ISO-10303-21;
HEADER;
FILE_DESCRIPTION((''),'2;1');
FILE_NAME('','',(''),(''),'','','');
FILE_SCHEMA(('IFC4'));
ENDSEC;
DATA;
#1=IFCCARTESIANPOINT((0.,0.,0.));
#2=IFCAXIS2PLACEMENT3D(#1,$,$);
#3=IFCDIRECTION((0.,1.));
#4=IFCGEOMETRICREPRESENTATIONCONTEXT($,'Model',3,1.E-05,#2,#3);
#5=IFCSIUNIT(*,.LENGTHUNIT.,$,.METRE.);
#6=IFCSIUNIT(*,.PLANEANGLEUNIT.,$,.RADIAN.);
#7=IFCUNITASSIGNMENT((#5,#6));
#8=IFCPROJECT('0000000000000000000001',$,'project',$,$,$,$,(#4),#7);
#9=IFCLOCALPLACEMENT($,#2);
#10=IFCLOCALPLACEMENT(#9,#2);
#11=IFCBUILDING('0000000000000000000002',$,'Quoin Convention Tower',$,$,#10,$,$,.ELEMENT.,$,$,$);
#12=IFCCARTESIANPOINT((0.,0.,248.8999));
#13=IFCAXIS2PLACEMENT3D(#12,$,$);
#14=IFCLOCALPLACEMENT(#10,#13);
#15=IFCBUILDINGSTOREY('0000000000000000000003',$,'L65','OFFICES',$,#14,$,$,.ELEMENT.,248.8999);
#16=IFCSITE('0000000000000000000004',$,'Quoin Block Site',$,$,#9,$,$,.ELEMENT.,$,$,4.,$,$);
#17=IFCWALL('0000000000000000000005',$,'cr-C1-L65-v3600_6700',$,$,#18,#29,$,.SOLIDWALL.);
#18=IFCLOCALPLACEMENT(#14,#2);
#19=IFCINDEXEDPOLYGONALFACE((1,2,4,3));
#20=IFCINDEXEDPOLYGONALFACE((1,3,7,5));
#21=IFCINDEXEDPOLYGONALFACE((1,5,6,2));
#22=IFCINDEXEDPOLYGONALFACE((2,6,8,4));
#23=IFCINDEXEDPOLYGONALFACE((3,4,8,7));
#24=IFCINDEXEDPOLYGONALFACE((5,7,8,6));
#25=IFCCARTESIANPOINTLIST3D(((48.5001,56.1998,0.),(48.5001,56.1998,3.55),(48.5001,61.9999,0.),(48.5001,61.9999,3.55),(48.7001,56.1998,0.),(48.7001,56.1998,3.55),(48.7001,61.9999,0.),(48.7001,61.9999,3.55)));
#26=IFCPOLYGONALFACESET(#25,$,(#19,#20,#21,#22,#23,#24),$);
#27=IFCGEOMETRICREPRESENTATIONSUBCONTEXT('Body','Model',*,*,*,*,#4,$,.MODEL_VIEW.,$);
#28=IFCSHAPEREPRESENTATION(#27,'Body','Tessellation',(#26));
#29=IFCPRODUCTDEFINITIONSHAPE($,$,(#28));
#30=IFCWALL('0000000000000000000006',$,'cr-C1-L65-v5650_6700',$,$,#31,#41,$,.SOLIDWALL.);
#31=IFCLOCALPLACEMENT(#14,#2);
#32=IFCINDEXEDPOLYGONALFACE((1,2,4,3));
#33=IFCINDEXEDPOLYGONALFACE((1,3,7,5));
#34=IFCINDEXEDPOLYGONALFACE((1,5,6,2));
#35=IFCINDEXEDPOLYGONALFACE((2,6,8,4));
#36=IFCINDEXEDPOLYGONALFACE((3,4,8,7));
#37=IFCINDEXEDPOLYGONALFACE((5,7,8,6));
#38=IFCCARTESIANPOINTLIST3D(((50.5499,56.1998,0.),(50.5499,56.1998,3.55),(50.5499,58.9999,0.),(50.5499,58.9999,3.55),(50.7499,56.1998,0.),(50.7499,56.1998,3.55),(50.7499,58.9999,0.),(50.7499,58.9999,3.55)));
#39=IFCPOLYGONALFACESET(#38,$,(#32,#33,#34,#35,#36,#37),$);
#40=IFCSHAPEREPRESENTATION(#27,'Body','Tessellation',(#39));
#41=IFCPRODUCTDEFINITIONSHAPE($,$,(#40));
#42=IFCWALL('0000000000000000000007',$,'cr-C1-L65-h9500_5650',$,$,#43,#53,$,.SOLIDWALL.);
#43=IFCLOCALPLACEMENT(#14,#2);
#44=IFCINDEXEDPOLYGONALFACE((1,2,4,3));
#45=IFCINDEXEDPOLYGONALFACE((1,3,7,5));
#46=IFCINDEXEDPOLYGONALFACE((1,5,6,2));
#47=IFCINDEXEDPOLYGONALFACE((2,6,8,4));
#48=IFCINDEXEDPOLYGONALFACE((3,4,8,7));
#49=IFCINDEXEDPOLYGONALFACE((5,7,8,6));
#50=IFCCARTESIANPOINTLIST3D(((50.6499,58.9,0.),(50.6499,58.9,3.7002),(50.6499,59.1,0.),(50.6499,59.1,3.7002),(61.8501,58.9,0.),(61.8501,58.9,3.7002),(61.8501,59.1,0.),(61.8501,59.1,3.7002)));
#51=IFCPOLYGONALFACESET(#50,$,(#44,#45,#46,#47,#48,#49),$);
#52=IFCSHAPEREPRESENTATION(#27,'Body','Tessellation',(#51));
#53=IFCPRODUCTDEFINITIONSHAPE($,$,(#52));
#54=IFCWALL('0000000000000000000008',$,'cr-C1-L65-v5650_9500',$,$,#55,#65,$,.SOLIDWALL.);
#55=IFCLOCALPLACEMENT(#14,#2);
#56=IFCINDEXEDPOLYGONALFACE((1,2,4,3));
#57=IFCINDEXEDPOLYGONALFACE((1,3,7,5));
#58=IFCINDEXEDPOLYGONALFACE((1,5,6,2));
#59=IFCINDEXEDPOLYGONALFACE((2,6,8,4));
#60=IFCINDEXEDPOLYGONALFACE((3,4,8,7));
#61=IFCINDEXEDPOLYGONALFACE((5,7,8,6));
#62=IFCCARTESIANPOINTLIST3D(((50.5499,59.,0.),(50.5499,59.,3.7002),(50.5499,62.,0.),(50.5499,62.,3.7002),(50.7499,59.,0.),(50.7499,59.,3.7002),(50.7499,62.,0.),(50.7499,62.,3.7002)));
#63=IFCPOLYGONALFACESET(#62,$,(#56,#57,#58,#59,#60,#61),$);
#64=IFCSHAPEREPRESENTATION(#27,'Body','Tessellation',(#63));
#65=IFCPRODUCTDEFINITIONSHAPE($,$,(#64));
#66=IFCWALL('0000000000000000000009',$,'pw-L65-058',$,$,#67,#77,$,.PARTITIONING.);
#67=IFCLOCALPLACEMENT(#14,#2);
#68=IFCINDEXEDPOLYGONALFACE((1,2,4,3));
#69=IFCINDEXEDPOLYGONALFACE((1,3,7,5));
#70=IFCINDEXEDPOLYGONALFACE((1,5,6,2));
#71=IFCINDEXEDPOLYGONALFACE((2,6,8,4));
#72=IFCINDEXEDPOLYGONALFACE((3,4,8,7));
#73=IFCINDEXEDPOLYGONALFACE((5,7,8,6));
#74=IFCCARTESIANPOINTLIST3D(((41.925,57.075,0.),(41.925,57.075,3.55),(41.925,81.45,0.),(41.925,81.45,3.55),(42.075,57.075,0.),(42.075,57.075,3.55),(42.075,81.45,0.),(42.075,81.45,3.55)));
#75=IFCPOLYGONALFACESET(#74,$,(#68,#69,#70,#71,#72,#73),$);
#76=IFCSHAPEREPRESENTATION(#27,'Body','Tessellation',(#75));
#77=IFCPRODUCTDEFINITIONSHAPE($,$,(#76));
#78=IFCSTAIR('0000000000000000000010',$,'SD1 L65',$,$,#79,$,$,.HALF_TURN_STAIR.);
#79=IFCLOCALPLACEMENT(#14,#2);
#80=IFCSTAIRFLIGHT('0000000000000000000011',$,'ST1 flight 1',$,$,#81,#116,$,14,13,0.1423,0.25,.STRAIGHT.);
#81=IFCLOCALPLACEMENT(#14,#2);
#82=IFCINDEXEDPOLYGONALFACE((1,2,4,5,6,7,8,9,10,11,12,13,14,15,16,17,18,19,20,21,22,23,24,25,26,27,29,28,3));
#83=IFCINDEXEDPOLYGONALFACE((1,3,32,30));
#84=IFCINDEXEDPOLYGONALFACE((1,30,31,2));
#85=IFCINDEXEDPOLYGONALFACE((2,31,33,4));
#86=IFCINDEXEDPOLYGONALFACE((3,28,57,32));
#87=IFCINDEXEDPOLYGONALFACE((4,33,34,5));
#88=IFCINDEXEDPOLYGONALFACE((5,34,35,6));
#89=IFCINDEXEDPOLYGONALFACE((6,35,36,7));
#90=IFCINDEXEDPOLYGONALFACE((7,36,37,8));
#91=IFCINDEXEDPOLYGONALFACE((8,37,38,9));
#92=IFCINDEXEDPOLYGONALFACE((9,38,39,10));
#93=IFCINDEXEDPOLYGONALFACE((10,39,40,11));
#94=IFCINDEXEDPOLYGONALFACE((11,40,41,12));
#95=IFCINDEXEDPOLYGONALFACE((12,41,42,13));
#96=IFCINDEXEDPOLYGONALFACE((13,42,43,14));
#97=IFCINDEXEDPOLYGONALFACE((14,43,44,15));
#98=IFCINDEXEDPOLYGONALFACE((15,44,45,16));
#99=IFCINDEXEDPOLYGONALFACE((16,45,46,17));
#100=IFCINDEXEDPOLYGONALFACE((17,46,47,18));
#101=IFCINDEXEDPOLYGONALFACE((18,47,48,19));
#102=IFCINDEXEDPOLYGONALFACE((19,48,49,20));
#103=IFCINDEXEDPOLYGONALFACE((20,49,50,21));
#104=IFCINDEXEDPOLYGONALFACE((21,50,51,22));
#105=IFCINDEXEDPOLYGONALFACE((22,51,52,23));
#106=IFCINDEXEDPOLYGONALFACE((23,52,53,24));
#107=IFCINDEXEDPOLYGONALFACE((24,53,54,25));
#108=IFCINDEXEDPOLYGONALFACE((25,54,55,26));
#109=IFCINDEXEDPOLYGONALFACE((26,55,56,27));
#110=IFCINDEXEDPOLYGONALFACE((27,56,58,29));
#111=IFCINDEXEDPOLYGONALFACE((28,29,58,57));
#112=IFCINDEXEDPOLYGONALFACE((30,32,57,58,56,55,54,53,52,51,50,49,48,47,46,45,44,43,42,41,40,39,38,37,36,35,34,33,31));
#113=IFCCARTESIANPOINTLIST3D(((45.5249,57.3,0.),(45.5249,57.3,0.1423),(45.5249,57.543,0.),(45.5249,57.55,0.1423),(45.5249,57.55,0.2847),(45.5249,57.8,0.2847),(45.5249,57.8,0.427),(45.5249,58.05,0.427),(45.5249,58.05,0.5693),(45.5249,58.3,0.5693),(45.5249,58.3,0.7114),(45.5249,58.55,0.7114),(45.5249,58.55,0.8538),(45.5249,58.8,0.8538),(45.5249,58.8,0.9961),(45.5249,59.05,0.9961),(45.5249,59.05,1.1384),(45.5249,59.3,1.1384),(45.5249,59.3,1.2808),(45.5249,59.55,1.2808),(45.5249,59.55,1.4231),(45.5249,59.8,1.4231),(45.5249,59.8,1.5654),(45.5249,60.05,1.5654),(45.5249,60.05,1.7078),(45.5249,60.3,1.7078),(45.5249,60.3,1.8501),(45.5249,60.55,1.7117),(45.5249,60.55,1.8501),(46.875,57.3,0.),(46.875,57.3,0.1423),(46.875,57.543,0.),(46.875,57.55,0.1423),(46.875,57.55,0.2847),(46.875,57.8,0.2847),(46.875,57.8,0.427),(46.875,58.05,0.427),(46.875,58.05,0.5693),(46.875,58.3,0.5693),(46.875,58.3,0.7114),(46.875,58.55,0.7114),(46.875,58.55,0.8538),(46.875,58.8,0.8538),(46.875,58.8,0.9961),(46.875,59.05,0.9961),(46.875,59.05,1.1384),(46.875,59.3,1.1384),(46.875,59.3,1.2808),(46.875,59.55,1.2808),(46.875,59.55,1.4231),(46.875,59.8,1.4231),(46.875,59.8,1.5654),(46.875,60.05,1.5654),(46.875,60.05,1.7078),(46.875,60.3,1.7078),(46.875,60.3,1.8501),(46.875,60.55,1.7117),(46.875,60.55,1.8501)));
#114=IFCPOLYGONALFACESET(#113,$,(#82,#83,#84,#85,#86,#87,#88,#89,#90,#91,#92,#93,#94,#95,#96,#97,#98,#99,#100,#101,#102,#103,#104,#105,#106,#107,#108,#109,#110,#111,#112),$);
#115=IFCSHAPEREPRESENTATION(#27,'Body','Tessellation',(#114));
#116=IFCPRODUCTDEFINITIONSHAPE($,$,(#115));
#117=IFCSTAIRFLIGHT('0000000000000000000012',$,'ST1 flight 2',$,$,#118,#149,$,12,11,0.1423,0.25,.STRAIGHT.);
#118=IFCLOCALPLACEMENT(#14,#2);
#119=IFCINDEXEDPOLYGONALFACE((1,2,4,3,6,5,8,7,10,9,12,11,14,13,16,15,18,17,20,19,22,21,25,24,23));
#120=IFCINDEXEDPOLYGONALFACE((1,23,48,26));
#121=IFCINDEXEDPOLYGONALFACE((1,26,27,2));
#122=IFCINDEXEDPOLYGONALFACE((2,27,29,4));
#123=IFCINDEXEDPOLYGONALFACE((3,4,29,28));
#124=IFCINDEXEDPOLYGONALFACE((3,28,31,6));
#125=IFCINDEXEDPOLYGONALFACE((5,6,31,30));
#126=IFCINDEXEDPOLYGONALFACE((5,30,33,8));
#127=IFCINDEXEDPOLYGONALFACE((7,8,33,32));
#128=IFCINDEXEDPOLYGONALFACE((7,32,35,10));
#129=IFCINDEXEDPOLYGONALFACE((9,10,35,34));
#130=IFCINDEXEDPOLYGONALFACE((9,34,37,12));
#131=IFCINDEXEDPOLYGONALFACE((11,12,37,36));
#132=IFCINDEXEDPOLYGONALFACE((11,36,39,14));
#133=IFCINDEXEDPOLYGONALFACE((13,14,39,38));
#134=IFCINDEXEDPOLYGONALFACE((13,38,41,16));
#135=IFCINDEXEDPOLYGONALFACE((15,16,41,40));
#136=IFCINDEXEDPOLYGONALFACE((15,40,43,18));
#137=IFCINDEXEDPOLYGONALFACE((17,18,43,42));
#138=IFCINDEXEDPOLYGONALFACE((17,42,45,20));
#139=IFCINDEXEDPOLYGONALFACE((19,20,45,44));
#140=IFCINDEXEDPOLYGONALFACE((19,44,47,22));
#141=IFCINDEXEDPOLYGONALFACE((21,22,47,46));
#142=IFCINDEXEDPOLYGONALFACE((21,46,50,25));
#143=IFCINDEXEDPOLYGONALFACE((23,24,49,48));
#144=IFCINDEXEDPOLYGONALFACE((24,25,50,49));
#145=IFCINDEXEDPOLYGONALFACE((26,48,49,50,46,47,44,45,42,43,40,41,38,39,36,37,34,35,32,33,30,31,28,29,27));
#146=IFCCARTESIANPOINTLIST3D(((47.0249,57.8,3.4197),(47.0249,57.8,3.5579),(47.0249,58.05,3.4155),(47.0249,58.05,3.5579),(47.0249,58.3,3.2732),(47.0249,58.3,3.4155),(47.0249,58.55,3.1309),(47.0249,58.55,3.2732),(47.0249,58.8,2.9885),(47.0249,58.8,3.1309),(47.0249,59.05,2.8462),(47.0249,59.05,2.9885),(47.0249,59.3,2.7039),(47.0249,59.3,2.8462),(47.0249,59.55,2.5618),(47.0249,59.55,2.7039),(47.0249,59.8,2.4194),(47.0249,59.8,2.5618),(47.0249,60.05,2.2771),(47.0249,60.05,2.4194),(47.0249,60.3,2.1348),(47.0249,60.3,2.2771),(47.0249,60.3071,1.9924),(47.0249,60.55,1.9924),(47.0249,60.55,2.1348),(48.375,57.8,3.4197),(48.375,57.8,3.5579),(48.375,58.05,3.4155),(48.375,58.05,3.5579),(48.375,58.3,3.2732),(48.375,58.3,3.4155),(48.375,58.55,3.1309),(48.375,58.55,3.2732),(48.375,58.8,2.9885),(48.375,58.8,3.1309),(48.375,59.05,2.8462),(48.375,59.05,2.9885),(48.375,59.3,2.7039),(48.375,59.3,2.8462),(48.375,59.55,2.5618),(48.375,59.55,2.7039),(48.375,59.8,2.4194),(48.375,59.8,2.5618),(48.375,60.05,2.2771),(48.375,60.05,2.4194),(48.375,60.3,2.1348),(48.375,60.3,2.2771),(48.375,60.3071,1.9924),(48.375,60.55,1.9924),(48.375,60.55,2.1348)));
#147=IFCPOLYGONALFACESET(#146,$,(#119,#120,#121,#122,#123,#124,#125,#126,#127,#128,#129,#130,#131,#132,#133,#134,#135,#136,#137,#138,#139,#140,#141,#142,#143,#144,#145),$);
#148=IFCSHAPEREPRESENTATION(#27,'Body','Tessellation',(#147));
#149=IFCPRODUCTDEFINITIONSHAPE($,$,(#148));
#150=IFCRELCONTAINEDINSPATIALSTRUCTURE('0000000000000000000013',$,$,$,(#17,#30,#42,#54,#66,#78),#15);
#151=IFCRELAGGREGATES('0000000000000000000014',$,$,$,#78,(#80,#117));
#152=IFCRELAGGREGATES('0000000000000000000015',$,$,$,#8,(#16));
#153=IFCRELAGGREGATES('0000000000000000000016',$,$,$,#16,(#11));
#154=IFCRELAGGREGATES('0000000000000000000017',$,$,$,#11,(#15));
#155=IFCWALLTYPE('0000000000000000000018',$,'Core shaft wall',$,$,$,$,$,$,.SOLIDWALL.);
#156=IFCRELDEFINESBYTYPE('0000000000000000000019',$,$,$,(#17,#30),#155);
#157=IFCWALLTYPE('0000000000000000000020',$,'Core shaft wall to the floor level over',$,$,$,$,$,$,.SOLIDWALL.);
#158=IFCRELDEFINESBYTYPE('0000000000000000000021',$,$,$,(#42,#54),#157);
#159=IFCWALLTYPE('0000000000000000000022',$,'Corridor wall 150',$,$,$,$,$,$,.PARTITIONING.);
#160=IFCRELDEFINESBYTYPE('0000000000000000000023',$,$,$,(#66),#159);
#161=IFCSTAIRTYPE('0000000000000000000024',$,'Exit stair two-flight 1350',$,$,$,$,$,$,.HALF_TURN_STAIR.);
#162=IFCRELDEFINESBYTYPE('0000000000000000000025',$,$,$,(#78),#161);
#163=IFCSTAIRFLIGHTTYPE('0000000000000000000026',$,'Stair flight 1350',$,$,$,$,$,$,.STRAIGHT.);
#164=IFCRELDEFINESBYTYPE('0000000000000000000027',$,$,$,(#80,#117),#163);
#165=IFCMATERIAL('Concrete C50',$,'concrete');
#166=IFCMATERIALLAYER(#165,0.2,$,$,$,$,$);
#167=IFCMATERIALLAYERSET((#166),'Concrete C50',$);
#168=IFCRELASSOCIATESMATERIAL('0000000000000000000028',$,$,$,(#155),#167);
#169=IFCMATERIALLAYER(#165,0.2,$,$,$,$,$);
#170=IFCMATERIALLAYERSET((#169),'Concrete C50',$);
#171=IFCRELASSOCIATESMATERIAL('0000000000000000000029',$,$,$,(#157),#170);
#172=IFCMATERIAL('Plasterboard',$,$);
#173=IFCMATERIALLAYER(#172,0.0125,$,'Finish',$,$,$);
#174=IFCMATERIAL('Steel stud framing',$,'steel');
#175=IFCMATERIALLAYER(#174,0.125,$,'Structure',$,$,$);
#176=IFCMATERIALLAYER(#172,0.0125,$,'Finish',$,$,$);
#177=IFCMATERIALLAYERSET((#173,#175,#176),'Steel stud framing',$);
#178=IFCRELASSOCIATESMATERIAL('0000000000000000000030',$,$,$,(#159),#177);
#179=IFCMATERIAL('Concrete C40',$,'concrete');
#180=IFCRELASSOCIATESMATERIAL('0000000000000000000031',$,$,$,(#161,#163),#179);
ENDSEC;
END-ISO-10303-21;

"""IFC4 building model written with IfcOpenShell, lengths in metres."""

from ifc_helpers import new_model, si_unit, direction, frame, frame_2d, origin, place, context, subcontext, project, spatial, polyline, rectangle, outline, extrude, material, layer, layer_set, type_object, element, aggregate, save


model = new_model("IFC4")

# Units and contexts
model_context = context("Model", 3, precision=1e-05, world=origin(), true_north=direction((0.0, 1.0)))
body_context = subcontext(model_context, "Body", "Model", "MODEL_VIEW")
ifc_project = project(units=[si_unit("LENGTHUNIT", "METRE"), si_unit("PLANEANGLEUNIT", "RADIAN")], contexts=[model_context])

# Site, building, storey
site_placement = place(None, origin())
site = spatial("IfcSite", under=ifc_project, at=site_placement, Name="Quoin Block Site", CompositionType="ELEMENT", RefElevation=4.0)
building_placement = place(site_placement, origin())
building = spatial("IfcBuilding", under=site, at=building_placement, Name="Quoin Convention Tower", CompositionType="ELEMENT")
storey_placement = place(building_placement, frame((0.0, 0.0, 248.8999)))
storey = spatial("IfcBuildingStorey", under=building, at=storey_placement, Name="L65", Description="OFFICES", CompositionType="ELEMENT", Elevation=248.8999)

# Walls
ifc_material_1 = material(Name="Concrete C50", Category="concrete")
ifc_layer_1 = layer(ifc_material_1, 0.2)
ifc_layer_set_1 = layer_set([ifc_layer_1], Name="Concrete C50")
wall_type_1 = type_object("IfcWallType", Name="Core shaft wall", PredefinedType="SOLIDWALL", material=ifc_layer_set_1)
wall_1_placement = place(storey_placement, frame((48.6001, 56.2, 0.0), z_axis=(0.0, 0.0, 1.0), x_axis=(0.0, 1.0, 0.0)))
element("IfcWall", 1, at=wall_1_placement, inside=storey, type_object=wall_type_1, Name="cr-C1-L65-v3600_6700", PredefinedType="SOLIDWALL", context=body_context, shape_type="SweptSolid", body=[
    extrude(rectangle(XDim=5.8, YDim=0.2, at=frame_2d((2.8999, 0.0))), origin(), (0.0, 0.0, 1.0), 3.55),
])
wall_2_placement = place(storey_placement, frame((50.6499, 56.2, 0.0), z_axis=(0.0, 0.0, 1.0), x_axis=(0.0, 1.0, 0.0)))
element("IfcWall", 2, at=wall_2_placement, inside=storey, type_object=wall_type_1, Name="cr-C1-L65-v5650_6700", PredefinedType="SOLIDWALL", context=body_context, shape_type="SweptSolid", body=[
    extrude(rectangle(XDim=2.8, YDim=0.2, at=frame_2d((1.3999, 0.0))), origin(), (0.0, 0.0, 1.0), 3.55),
])
ifc_layer_2 = layer(ifc_material_1, 0.2)
ifc_layer_set_2 = layer_set([ifc_layer_2], Name="Concrete C50")
wall_type_2 = type_object("IfcWallType", Name="Core shaft wall to the floor level over", PredefinedType="SOLIDWALL", material=ifc_layer_set_2)
wall_3_placement = place(storey_placement, frame((50.6499, 59.0, 0.0), z_axis=(0.0, 0.0, 1.0), x_axis=(1.0, 0.0, 0.0)))
element("IfcWall", 3, at=wall_3_placement, inside=storey, type_object=wall_type_2, Name="cr-C1-L65-h9500_5650", PredefinedType="SOLIDWALL", context=body_context, shape_type="SweptSolid", body=[
    extrude(rectangle(XDim=11.2002, YDim=0.2, at=frame_2d((5.6001, 0.0))), origin(), (0.0, 0.0, 1.0), 3.7002),
])
wall_4_placement = place(storey_placement, frame((50.6499, 59.0, 0.0), z_axis=(0.0, 0.0, 1.0), x_axis=(0.0, 1.0, 0.0)))
element("IfcWall", 4, at=wall_4_placement, inside=storey, type_object=wall_type_2, Name="cr-C1-L65-v5650_9500", PredefinedType="SOLIDWALL", context=body_context, shape_type="SweptSolid", body=[
    extrude(rectangle(XDim=3.0, YDim=0.2, at=frame_2d((1.5, 0.0))), origin(), (0.0, 0.0, 1.0), 3.7002),
])
ifc_material_2 = material(Name="Plasterboard")
ifc_layer_3 = layer(ifc_material_2, 0.0125, Name="Finish")
ifc_material_3 = material(Name="Steel stud framing", Category="steel")
ifc_layer_4 = layer(ifc_material_3, 0.125, Name="Structure")
ifc_layer_5 = layer(ifc_material_2, 0.0125, Name="Finish")
ifc_layer_set_3 = layer_set([ifc_layer_3, ifc_layer_4, ifc_layer_5], Name="Steel stud framing")
wall_type_3 = type_object("IfcWallType", Name="Corridor wall 150", PredefinedType="PARTITIONING", material=ifc_layer_set_3)
wall_5_placement = place(storey_placement, frame((42.0, 57.075, 0.0), z_axis=(0.0, 0.0, 1.0), x_axis=(0.0, 1.0, 0.0)))
element("IfcWall", 5, at=wall_5_placement, inside=storey, type_object=wall_type_3, Name="pw-L65-058", PredefinedType="PARTITIONING", context=body_context, shape_type="SweptSolid", body=[
    extrude(rectangle(XDim=24.375, YDim=0.1499, at=frame_2d((12.1875, 0.0))), origin(), (0.0, 0.0, 1.0), 3.55),
])

# Stair, stair flights
ifc_material_4 = material(Name="Concrete C40", Category="concrete")
stair_type = type_object("IfcStairType", Name="Exit stair two-flight 1350", PredefinedType="HALF_TURN_STAIR", material=ifc_material_4)
stair_placement = place(storey_placement, origin())
stair = element("IfcStair", 6, at=stair_placement, inside=storey, type_object=stair_type, Name="SD1 L65", PredefinedType="HALF_TURN_STAIR")
stair_flight_type = type_object("IfcStairFlightType", Name="Stair flight 1350", PredefinedType="STRAIGHT", material=ifc_material_4)
stair_flight_1_placement = place(storey_placement, frame((46.2, 57.3, 0.0), z_axis=(0.0, 0.0, 1.0), x_axis=(0.0, 1.0, 0.0)))
stair_flight_1 = element("IfcStairFlight", 7, at=stair_flight_1_placement, type_object=stair_flight_type, Name="ST1 flight 1", NumberOfRisers=14, NumberOfTreads=13, PredefinedType="STRAIGHT", RiserHeight=0.1423, TreadLength=0.25, context=body_context, shape_type="SweptSolid", body=[
    extrude(outline(polyline([(0.0, 0.0), (0.0, 0.1423), (0.25, 0.1423), (0.25, 0.2847), (0.5, 0.2847), (0.5, 0.427), (0.75, 0.427), (0.75, 0.5693), (1.0, 0.5693), (1.0, 0.7114), (1.25, 0.7114), (1.25, 0.8538), (1.5, 0.8538), (1.5, 0.9961), (1.75, 0.9961), (1.75, 1.1384), (2.0, 1.1384), (2.0, 1.2808), (2.25, 1.2808), (2.25, 1.4231), (2.5, 1.4231), (2.5, 1.5654), (2.75, 1.5654), (2.75, 1.7078), (3.0, 1.7078), (3.0, 1.8501), (3.25, 1.8501), (3.25, 1.9922), (3.25, 1.7117), (0.2429, 0.0), (0.0, 0.0)])), frame((0.0, 0.675, 0.0), z_axis=(0.0, -1.0, 0.0), x_axis=(1.0, 0.0, 0.0)), (0.0, 0.0, 1.0), 1.3501),
])
stair_flight_2_placement = place(storey_placement, frame((47.7, 60.55, 1.9924), z_axis=(0.0, 0.0, 1.0), x_axis=(0.0, -1.0, 0.0)))
stair_flight_2 = element("IfcStairFlight", 8, at=stair_flight_2_placement, type_object=stair_flight_type, Name="ST1 flight 2", NumberOfRisers=12, NumberOfTreads=11, PredefinedType="STRAIGHT", RiserHeight=0.1423, TreadLength=0.25, context=body_context, shape_type="SweptSolid", body=[
    extrude(outline(polyline([(0.0, 0.0), (0.0, 0.1423), (0.25, 0.1423), (0.25, 0.2847), (0.5, 0.2847), (0.5, 0.427), (0.75, 0.427), (0.75, 0.5693), (1.0, 0.5693), (1.0, 0.7114), (1.25, 0.7114), (1.25, 0.8538), (1.5, 0.8538), (1.5, 0.9961), (1.75, 0.9961), (1.75, 1.1384), (2.0, 1.1384), (2.0, 1.2808), (2.25, 1.2808), (2.25, 1.4231), (2.5, 1.4231), (2.5, 1.5654), (2.75, 1.5654), (2.75, 1.7078), (2.75, 1.4272), (0.2429, 0.0), (0.0, 0.0)])), frame((0.0, 0.675, 0.0), z_axis=(0.0, -1.0, 0.0), x_axis=(1.0, 0.0, 0.0)), (0.0, 0.0, 1.0), 1.3501),
])
aggregate(stair, [stair_flight_1, stair_flight_2])

save(model, "model.ifc")
